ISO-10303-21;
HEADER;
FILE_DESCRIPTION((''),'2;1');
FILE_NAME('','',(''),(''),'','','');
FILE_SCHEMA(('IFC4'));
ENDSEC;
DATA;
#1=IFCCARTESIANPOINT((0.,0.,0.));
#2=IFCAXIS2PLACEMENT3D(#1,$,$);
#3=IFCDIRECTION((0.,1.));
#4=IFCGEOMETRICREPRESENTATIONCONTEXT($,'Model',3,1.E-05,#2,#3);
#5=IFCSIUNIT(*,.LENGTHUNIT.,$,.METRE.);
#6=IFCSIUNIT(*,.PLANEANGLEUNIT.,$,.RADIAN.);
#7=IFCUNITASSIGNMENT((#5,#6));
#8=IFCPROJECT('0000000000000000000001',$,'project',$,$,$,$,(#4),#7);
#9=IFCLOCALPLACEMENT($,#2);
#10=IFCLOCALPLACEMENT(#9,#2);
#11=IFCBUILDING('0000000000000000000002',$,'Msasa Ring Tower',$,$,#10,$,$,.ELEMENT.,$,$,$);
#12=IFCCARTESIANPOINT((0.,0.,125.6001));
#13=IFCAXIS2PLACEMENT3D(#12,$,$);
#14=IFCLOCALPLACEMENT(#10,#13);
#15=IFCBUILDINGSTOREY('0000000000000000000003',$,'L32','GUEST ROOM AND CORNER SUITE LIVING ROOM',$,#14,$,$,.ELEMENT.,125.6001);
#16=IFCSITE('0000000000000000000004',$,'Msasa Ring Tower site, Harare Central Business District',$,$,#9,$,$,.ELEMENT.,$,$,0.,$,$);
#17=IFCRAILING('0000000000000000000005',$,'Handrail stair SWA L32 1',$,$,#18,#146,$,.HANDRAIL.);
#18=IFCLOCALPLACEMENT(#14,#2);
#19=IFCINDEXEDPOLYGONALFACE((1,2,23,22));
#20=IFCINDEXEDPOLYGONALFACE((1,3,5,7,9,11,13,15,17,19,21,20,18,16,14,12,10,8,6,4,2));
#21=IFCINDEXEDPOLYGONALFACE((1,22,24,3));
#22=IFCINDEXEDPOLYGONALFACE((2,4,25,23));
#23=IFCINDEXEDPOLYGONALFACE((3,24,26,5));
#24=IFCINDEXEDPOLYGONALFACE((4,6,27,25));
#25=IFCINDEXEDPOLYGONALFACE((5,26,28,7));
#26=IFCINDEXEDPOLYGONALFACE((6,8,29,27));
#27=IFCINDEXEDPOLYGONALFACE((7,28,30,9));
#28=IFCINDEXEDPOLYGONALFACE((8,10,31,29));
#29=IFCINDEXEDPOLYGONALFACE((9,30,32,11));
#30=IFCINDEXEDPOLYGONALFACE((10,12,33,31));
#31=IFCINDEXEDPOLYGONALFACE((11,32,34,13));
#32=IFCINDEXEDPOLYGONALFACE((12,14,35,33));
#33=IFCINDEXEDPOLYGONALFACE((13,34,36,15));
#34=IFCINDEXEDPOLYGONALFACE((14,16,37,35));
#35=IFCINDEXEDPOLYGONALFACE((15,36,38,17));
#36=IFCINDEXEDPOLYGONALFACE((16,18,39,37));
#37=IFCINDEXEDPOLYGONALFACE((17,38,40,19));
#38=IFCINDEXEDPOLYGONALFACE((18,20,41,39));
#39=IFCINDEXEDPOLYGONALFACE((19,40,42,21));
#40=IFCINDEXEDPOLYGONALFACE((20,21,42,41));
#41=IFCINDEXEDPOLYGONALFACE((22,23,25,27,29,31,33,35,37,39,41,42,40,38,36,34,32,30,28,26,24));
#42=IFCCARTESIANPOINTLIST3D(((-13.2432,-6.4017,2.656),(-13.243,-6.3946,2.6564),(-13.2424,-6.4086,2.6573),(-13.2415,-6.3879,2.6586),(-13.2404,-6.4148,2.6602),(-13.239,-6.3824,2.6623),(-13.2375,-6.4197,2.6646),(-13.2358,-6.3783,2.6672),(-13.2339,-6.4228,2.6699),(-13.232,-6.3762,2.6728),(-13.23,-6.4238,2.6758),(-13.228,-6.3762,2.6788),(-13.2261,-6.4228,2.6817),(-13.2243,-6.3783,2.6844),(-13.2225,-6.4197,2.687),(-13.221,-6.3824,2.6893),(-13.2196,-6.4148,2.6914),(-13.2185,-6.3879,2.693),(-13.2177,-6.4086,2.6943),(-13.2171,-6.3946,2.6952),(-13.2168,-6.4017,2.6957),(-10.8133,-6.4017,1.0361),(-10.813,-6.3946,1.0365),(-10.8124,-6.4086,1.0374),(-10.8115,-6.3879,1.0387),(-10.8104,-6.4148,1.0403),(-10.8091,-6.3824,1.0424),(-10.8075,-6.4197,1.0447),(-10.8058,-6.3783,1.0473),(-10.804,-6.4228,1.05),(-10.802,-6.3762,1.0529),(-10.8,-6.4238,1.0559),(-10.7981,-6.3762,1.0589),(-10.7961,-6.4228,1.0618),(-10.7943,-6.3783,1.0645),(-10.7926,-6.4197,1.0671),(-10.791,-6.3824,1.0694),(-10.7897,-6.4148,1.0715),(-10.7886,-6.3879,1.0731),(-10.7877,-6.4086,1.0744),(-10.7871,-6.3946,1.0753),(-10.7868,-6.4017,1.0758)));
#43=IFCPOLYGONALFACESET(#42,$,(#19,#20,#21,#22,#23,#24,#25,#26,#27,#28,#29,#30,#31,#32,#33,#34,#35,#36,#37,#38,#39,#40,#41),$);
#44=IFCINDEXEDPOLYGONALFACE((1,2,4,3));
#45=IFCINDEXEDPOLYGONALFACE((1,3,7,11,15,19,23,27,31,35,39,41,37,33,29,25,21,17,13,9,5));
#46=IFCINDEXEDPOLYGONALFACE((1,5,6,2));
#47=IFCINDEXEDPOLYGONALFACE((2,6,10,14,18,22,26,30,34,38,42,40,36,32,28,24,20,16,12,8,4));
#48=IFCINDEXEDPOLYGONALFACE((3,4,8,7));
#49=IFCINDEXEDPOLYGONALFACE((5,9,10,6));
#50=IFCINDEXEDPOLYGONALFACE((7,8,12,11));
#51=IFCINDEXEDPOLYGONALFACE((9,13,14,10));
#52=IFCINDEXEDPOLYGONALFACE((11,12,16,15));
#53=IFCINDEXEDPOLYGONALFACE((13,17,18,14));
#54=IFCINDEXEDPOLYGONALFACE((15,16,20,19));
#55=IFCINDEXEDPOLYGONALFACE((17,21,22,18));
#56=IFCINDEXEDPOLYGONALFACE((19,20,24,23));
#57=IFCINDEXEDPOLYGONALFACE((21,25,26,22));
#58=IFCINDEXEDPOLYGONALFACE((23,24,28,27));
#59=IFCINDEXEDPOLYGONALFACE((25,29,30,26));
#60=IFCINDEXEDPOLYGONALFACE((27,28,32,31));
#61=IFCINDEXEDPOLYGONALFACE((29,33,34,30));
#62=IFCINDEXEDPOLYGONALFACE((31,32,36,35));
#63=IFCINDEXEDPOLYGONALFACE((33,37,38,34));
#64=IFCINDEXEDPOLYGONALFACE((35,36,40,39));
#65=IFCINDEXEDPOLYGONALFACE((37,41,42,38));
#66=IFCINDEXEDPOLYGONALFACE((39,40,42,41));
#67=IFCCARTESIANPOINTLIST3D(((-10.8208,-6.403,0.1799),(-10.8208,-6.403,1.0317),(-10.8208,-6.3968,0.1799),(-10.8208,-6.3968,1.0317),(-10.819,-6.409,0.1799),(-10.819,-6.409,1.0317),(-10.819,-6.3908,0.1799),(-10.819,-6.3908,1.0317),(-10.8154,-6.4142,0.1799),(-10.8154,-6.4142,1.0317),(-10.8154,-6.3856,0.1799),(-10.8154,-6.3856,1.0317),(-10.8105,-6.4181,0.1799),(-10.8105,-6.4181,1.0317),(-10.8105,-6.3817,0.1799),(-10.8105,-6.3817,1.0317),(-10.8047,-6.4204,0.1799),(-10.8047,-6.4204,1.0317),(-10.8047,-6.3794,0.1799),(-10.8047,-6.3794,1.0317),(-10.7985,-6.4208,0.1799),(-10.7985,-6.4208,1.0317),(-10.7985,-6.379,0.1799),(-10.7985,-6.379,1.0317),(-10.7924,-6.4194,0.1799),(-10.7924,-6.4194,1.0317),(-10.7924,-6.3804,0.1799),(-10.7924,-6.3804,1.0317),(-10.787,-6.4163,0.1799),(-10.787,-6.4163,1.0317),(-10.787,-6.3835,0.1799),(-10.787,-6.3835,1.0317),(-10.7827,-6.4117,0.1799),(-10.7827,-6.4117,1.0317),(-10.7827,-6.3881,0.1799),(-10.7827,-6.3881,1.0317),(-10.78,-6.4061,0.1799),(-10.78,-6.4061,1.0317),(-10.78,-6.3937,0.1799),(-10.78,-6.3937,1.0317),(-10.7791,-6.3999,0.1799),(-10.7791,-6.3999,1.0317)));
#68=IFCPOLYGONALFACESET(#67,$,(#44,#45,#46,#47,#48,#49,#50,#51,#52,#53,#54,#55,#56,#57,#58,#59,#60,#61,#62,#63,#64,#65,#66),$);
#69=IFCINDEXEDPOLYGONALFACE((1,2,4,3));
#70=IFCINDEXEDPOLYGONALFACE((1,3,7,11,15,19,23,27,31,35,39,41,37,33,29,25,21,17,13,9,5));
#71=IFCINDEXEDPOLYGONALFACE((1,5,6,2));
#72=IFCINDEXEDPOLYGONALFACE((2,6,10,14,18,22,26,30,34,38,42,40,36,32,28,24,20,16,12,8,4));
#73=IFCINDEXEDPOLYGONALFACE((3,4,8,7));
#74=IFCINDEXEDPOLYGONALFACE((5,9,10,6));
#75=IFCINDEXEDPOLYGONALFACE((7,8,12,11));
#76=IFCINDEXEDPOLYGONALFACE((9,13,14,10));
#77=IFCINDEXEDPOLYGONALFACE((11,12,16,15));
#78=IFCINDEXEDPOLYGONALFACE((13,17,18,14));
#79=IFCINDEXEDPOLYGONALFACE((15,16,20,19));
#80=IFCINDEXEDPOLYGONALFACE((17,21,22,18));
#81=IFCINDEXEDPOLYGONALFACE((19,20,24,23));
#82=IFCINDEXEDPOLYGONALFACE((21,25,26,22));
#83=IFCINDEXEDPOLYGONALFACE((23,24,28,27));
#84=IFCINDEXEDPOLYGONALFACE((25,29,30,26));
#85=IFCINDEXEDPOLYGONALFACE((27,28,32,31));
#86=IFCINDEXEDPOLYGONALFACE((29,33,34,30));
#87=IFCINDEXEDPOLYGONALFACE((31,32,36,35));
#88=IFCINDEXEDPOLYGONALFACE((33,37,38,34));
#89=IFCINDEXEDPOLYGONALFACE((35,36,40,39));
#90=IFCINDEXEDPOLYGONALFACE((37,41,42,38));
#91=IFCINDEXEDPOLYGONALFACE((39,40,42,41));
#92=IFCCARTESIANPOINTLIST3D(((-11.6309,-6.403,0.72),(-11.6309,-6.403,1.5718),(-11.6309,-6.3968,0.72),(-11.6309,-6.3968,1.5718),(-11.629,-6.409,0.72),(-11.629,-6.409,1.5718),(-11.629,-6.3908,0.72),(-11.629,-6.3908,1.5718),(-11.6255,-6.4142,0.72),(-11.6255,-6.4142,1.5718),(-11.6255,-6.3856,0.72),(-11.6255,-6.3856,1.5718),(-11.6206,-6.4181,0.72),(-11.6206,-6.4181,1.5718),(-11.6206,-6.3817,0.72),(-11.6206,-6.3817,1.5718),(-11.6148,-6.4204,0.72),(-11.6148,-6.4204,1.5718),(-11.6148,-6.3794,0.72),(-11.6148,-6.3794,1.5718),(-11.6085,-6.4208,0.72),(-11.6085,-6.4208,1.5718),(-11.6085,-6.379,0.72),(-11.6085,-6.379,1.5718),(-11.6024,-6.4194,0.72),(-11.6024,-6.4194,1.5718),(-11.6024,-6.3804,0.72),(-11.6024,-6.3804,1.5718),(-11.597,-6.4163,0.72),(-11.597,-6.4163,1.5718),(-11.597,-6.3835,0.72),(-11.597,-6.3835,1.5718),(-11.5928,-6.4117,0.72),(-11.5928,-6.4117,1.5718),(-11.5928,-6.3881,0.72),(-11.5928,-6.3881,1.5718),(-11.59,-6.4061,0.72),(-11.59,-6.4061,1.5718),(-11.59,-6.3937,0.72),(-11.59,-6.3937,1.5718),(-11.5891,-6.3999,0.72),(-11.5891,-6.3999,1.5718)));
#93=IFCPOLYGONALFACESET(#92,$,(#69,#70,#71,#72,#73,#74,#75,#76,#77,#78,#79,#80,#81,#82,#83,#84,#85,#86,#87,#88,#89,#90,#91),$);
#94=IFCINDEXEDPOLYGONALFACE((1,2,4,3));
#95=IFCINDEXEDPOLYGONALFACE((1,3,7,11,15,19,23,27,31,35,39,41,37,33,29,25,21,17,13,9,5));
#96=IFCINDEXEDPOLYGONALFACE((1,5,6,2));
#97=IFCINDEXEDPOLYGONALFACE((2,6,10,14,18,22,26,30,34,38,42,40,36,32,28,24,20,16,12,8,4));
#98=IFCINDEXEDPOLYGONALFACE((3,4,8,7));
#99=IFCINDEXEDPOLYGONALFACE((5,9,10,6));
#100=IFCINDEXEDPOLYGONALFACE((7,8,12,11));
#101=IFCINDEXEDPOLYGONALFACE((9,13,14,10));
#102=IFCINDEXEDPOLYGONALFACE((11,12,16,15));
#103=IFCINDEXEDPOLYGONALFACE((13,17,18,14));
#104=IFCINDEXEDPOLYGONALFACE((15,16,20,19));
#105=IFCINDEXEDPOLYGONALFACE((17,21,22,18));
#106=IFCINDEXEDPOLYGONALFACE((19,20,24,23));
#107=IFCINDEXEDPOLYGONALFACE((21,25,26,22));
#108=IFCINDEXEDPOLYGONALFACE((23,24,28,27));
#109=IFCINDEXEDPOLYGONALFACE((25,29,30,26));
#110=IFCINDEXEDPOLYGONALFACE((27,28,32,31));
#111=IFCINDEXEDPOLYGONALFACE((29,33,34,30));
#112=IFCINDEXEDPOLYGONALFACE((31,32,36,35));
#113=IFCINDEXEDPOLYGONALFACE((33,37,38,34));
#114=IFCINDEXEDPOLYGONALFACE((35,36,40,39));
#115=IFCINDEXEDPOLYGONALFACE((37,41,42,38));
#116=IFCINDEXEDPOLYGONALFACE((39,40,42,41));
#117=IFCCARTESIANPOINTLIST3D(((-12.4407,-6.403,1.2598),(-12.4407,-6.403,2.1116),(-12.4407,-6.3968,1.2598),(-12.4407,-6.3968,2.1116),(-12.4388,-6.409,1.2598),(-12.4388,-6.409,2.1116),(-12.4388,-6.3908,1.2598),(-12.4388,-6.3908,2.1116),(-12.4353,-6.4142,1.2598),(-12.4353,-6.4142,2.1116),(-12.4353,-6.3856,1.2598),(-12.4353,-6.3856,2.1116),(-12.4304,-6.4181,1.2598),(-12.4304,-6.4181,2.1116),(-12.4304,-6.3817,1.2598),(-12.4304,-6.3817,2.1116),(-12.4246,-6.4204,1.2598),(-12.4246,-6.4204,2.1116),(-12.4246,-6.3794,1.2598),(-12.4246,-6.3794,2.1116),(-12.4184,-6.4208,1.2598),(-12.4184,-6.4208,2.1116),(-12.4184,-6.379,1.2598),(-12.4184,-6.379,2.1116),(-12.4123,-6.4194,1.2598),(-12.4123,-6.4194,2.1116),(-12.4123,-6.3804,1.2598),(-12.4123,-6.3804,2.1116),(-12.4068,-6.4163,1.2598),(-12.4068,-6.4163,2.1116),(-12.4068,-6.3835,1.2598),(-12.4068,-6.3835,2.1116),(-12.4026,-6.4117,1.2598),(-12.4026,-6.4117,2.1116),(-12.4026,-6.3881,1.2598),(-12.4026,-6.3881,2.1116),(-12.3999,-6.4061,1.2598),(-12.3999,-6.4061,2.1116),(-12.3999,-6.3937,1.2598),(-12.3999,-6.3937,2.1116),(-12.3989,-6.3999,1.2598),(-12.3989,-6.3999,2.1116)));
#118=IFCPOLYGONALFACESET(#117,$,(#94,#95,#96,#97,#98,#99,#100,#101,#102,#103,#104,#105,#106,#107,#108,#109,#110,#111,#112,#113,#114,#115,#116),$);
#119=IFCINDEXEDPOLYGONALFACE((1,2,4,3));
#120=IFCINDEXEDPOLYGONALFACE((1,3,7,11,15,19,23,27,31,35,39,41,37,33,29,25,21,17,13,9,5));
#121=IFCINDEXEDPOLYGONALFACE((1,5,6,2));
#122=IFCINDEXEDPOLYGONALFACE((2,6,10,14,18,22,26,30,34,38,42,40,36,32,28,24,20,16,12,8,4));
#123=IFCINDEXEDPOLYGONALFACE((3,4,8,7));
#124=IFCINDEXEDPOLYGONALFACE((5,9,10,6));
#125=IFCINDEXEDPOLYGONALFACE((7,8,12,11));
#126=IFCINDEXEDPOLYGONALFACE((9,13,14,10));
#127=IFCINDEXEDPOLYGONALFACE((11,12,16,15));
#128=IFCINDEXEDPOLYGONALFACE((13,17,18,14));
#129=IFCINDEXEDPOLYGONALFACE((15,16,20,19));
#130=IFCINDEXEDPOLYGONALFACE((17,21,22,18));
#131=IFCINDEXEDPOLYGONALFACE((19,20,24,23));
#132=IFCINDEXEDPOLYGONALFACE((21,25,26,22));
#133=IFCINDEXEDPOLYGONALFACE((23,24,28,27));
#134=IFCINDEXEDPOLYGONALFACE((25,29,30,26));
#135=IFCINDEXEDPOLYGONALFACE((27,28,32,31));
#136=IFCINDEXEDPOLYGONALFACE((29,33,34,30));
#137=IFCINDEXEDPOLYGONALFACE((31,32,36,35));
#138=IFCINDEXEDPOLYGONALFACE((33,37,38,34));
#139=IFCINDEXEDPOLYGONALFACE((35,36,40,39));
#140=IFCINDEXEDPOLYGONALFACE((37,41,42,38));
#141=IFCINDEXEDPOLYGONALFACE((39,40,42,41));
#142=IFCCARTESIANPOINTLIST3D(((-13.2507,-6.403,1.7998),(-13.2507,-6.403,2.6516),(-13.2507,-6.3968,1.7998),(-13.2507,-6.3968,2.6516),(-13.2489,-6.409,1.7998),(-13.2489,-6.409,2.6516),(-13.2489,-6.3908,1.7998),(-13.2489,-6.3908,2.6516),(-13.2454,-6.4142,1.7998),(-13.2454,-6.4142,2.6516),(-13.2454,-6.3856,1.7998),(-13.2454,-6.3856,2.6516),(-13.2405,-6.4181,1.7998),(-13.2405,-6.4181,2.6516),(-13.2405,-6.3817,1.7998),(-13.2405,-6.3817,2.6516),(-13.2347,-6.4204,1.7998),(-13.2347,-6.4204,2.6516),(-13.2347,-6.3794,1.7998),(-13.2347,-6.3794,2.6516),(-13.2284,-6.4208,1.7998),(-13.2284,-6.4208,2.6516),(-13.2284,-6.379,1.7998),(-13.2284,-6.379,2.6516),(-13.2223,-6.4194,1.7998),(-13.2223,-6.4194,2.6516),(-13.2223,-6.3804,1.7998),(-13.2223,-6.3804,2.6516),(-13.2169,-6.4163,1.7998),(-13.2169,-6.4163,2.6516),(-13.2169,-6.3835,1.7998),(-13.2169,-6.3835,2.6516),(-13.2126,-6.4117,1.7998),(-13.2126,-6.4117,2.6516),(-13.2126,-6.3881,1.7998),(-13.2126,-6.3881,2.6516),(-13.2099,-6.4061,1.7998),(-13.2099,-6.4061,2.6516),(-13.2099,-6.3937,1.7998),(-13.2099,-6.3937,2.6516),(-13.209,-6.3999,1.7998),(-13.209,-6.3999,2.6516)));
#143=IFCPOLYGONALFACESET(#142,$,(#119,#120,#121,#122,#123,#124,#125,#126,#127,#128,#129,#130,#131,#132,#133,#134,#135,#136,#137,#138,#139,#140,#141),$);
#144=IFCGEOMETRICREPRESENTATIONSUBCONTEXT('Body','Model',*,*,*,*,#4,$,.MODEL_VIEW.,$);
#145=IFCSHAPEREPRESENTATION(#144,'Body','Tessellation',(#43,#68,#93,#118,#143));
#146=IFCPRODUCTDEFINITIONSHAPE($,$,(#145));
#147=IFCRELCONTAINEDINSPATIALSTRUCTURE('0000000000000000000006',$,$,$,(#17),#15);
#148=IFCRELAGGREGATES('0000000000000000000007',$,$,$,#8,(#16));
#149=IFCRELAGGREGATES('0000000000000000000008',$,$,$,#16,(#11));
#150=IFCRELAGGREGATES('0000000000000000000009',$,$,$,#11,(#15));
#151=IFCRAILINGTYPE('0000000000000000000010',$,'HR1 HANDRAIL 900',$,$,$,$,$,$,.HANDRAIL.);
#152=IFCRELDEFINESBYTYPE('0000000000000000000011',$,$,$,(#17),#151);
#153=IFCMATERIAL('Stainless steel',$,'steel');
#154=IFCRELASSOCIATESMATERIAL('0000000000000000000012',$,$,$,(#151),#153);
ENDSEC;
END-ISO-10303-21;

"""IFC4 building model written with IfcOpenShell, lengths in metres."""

from ifc_helpers import new_model, si_unit, direction, frame, origin, origin_2d, place, context, subcontext, project, spatial, circle, extrude, material, type_object, element, save


model = new_model("IFC4")

# Units and contexts
model_context = context("Model", 3, precision=1e-05, world=origin(), true_north=direction((0.0, 1.0)))
body_context = subcontext(model_context, "Body", "Model", "MODEL_VIEW")
ifc_project = project(units=[si_unit("LENGTHUNIT", "METRE"), si_unit("PLANEANGLEUNIT", "RADIAN")], contexts=[model_context])

# Site, building, storey
site_placement = place(None, origin())
site = spatial("IfcSite", under=ifc_project, at=site_placement, Name="Msasa Ring Tower site, Harare Central Business District", CompositionType="ELEMENT", RefElevation=0.0)
building_placement = place(site_placement, origin())
building = spatial("IfcBuilding", under=site, at=building_placement, Name="Msasa Ring Tower", CompositionType="ELEMENT")
storey_placement = place(building_placement, frame((0.0, 0.0, 125.6001)))
storey = spatial("IfcBuildingStorey", under=building, at=storey_placement, Name="L32", Description="GUEST ROOM AND CORNER SUITE LIVING ROOM", CompositionType="ELEMENT", Elevation=125.6001)

# Railing
ifc_material_1 = material(Name="Stainless steel", Category="steel")
railing_type = type_object("IfcRailingType", Name="HR1 HANDRAIL 900", PredefinedType="HANDRAIL", material=ifc_material_1)
for number, where, name in (
    (1, (-10.8, -6.3999, 0.1799), "Handrail stair SWA L32 1"),
):
    element("IfcRailing", number, at=place(storey_placement, frame(where)), inside=storey, type_object=railing_type, Name=name, PredefinedType="HANDRAIL", context=body_context, shape_type="SweptSolid", body=[
        extrude(circle(Radius=0.0239, at=origin_2d()), frame((0.0, 0.0, 0.876), z_axis=(-0.832063, 0.0, 0.554681), x_axis=(0.0, -1.0, 0.0)), (0.0, 0.0, 1.0), 2.9204),
        extrude(circle(Radius=0.021, at=origin_2d()), origin(), (0.0, 0.0, 1.0), 0.8518),
        extrude(circle(Radius=0.021, at=origin_2d()), frame((-0.8101, 0.0, 0.54)), (0.0, 0.0, 1.0), 0.8518),
        extrude(circle(Radius=0.021, at=origin_2d()), frame((-1.6199, 0.0, 1.0798)), (0.0, 0.0, 1.0), 0.8518),
        extrude(circle(Radius=0.021, at=origin_2d()), frame((-2.4299, 0.0, 1.6199)), (0.0, 0.0, 1.0), 0.8518),
    ])

save(model, "model.ifc")
